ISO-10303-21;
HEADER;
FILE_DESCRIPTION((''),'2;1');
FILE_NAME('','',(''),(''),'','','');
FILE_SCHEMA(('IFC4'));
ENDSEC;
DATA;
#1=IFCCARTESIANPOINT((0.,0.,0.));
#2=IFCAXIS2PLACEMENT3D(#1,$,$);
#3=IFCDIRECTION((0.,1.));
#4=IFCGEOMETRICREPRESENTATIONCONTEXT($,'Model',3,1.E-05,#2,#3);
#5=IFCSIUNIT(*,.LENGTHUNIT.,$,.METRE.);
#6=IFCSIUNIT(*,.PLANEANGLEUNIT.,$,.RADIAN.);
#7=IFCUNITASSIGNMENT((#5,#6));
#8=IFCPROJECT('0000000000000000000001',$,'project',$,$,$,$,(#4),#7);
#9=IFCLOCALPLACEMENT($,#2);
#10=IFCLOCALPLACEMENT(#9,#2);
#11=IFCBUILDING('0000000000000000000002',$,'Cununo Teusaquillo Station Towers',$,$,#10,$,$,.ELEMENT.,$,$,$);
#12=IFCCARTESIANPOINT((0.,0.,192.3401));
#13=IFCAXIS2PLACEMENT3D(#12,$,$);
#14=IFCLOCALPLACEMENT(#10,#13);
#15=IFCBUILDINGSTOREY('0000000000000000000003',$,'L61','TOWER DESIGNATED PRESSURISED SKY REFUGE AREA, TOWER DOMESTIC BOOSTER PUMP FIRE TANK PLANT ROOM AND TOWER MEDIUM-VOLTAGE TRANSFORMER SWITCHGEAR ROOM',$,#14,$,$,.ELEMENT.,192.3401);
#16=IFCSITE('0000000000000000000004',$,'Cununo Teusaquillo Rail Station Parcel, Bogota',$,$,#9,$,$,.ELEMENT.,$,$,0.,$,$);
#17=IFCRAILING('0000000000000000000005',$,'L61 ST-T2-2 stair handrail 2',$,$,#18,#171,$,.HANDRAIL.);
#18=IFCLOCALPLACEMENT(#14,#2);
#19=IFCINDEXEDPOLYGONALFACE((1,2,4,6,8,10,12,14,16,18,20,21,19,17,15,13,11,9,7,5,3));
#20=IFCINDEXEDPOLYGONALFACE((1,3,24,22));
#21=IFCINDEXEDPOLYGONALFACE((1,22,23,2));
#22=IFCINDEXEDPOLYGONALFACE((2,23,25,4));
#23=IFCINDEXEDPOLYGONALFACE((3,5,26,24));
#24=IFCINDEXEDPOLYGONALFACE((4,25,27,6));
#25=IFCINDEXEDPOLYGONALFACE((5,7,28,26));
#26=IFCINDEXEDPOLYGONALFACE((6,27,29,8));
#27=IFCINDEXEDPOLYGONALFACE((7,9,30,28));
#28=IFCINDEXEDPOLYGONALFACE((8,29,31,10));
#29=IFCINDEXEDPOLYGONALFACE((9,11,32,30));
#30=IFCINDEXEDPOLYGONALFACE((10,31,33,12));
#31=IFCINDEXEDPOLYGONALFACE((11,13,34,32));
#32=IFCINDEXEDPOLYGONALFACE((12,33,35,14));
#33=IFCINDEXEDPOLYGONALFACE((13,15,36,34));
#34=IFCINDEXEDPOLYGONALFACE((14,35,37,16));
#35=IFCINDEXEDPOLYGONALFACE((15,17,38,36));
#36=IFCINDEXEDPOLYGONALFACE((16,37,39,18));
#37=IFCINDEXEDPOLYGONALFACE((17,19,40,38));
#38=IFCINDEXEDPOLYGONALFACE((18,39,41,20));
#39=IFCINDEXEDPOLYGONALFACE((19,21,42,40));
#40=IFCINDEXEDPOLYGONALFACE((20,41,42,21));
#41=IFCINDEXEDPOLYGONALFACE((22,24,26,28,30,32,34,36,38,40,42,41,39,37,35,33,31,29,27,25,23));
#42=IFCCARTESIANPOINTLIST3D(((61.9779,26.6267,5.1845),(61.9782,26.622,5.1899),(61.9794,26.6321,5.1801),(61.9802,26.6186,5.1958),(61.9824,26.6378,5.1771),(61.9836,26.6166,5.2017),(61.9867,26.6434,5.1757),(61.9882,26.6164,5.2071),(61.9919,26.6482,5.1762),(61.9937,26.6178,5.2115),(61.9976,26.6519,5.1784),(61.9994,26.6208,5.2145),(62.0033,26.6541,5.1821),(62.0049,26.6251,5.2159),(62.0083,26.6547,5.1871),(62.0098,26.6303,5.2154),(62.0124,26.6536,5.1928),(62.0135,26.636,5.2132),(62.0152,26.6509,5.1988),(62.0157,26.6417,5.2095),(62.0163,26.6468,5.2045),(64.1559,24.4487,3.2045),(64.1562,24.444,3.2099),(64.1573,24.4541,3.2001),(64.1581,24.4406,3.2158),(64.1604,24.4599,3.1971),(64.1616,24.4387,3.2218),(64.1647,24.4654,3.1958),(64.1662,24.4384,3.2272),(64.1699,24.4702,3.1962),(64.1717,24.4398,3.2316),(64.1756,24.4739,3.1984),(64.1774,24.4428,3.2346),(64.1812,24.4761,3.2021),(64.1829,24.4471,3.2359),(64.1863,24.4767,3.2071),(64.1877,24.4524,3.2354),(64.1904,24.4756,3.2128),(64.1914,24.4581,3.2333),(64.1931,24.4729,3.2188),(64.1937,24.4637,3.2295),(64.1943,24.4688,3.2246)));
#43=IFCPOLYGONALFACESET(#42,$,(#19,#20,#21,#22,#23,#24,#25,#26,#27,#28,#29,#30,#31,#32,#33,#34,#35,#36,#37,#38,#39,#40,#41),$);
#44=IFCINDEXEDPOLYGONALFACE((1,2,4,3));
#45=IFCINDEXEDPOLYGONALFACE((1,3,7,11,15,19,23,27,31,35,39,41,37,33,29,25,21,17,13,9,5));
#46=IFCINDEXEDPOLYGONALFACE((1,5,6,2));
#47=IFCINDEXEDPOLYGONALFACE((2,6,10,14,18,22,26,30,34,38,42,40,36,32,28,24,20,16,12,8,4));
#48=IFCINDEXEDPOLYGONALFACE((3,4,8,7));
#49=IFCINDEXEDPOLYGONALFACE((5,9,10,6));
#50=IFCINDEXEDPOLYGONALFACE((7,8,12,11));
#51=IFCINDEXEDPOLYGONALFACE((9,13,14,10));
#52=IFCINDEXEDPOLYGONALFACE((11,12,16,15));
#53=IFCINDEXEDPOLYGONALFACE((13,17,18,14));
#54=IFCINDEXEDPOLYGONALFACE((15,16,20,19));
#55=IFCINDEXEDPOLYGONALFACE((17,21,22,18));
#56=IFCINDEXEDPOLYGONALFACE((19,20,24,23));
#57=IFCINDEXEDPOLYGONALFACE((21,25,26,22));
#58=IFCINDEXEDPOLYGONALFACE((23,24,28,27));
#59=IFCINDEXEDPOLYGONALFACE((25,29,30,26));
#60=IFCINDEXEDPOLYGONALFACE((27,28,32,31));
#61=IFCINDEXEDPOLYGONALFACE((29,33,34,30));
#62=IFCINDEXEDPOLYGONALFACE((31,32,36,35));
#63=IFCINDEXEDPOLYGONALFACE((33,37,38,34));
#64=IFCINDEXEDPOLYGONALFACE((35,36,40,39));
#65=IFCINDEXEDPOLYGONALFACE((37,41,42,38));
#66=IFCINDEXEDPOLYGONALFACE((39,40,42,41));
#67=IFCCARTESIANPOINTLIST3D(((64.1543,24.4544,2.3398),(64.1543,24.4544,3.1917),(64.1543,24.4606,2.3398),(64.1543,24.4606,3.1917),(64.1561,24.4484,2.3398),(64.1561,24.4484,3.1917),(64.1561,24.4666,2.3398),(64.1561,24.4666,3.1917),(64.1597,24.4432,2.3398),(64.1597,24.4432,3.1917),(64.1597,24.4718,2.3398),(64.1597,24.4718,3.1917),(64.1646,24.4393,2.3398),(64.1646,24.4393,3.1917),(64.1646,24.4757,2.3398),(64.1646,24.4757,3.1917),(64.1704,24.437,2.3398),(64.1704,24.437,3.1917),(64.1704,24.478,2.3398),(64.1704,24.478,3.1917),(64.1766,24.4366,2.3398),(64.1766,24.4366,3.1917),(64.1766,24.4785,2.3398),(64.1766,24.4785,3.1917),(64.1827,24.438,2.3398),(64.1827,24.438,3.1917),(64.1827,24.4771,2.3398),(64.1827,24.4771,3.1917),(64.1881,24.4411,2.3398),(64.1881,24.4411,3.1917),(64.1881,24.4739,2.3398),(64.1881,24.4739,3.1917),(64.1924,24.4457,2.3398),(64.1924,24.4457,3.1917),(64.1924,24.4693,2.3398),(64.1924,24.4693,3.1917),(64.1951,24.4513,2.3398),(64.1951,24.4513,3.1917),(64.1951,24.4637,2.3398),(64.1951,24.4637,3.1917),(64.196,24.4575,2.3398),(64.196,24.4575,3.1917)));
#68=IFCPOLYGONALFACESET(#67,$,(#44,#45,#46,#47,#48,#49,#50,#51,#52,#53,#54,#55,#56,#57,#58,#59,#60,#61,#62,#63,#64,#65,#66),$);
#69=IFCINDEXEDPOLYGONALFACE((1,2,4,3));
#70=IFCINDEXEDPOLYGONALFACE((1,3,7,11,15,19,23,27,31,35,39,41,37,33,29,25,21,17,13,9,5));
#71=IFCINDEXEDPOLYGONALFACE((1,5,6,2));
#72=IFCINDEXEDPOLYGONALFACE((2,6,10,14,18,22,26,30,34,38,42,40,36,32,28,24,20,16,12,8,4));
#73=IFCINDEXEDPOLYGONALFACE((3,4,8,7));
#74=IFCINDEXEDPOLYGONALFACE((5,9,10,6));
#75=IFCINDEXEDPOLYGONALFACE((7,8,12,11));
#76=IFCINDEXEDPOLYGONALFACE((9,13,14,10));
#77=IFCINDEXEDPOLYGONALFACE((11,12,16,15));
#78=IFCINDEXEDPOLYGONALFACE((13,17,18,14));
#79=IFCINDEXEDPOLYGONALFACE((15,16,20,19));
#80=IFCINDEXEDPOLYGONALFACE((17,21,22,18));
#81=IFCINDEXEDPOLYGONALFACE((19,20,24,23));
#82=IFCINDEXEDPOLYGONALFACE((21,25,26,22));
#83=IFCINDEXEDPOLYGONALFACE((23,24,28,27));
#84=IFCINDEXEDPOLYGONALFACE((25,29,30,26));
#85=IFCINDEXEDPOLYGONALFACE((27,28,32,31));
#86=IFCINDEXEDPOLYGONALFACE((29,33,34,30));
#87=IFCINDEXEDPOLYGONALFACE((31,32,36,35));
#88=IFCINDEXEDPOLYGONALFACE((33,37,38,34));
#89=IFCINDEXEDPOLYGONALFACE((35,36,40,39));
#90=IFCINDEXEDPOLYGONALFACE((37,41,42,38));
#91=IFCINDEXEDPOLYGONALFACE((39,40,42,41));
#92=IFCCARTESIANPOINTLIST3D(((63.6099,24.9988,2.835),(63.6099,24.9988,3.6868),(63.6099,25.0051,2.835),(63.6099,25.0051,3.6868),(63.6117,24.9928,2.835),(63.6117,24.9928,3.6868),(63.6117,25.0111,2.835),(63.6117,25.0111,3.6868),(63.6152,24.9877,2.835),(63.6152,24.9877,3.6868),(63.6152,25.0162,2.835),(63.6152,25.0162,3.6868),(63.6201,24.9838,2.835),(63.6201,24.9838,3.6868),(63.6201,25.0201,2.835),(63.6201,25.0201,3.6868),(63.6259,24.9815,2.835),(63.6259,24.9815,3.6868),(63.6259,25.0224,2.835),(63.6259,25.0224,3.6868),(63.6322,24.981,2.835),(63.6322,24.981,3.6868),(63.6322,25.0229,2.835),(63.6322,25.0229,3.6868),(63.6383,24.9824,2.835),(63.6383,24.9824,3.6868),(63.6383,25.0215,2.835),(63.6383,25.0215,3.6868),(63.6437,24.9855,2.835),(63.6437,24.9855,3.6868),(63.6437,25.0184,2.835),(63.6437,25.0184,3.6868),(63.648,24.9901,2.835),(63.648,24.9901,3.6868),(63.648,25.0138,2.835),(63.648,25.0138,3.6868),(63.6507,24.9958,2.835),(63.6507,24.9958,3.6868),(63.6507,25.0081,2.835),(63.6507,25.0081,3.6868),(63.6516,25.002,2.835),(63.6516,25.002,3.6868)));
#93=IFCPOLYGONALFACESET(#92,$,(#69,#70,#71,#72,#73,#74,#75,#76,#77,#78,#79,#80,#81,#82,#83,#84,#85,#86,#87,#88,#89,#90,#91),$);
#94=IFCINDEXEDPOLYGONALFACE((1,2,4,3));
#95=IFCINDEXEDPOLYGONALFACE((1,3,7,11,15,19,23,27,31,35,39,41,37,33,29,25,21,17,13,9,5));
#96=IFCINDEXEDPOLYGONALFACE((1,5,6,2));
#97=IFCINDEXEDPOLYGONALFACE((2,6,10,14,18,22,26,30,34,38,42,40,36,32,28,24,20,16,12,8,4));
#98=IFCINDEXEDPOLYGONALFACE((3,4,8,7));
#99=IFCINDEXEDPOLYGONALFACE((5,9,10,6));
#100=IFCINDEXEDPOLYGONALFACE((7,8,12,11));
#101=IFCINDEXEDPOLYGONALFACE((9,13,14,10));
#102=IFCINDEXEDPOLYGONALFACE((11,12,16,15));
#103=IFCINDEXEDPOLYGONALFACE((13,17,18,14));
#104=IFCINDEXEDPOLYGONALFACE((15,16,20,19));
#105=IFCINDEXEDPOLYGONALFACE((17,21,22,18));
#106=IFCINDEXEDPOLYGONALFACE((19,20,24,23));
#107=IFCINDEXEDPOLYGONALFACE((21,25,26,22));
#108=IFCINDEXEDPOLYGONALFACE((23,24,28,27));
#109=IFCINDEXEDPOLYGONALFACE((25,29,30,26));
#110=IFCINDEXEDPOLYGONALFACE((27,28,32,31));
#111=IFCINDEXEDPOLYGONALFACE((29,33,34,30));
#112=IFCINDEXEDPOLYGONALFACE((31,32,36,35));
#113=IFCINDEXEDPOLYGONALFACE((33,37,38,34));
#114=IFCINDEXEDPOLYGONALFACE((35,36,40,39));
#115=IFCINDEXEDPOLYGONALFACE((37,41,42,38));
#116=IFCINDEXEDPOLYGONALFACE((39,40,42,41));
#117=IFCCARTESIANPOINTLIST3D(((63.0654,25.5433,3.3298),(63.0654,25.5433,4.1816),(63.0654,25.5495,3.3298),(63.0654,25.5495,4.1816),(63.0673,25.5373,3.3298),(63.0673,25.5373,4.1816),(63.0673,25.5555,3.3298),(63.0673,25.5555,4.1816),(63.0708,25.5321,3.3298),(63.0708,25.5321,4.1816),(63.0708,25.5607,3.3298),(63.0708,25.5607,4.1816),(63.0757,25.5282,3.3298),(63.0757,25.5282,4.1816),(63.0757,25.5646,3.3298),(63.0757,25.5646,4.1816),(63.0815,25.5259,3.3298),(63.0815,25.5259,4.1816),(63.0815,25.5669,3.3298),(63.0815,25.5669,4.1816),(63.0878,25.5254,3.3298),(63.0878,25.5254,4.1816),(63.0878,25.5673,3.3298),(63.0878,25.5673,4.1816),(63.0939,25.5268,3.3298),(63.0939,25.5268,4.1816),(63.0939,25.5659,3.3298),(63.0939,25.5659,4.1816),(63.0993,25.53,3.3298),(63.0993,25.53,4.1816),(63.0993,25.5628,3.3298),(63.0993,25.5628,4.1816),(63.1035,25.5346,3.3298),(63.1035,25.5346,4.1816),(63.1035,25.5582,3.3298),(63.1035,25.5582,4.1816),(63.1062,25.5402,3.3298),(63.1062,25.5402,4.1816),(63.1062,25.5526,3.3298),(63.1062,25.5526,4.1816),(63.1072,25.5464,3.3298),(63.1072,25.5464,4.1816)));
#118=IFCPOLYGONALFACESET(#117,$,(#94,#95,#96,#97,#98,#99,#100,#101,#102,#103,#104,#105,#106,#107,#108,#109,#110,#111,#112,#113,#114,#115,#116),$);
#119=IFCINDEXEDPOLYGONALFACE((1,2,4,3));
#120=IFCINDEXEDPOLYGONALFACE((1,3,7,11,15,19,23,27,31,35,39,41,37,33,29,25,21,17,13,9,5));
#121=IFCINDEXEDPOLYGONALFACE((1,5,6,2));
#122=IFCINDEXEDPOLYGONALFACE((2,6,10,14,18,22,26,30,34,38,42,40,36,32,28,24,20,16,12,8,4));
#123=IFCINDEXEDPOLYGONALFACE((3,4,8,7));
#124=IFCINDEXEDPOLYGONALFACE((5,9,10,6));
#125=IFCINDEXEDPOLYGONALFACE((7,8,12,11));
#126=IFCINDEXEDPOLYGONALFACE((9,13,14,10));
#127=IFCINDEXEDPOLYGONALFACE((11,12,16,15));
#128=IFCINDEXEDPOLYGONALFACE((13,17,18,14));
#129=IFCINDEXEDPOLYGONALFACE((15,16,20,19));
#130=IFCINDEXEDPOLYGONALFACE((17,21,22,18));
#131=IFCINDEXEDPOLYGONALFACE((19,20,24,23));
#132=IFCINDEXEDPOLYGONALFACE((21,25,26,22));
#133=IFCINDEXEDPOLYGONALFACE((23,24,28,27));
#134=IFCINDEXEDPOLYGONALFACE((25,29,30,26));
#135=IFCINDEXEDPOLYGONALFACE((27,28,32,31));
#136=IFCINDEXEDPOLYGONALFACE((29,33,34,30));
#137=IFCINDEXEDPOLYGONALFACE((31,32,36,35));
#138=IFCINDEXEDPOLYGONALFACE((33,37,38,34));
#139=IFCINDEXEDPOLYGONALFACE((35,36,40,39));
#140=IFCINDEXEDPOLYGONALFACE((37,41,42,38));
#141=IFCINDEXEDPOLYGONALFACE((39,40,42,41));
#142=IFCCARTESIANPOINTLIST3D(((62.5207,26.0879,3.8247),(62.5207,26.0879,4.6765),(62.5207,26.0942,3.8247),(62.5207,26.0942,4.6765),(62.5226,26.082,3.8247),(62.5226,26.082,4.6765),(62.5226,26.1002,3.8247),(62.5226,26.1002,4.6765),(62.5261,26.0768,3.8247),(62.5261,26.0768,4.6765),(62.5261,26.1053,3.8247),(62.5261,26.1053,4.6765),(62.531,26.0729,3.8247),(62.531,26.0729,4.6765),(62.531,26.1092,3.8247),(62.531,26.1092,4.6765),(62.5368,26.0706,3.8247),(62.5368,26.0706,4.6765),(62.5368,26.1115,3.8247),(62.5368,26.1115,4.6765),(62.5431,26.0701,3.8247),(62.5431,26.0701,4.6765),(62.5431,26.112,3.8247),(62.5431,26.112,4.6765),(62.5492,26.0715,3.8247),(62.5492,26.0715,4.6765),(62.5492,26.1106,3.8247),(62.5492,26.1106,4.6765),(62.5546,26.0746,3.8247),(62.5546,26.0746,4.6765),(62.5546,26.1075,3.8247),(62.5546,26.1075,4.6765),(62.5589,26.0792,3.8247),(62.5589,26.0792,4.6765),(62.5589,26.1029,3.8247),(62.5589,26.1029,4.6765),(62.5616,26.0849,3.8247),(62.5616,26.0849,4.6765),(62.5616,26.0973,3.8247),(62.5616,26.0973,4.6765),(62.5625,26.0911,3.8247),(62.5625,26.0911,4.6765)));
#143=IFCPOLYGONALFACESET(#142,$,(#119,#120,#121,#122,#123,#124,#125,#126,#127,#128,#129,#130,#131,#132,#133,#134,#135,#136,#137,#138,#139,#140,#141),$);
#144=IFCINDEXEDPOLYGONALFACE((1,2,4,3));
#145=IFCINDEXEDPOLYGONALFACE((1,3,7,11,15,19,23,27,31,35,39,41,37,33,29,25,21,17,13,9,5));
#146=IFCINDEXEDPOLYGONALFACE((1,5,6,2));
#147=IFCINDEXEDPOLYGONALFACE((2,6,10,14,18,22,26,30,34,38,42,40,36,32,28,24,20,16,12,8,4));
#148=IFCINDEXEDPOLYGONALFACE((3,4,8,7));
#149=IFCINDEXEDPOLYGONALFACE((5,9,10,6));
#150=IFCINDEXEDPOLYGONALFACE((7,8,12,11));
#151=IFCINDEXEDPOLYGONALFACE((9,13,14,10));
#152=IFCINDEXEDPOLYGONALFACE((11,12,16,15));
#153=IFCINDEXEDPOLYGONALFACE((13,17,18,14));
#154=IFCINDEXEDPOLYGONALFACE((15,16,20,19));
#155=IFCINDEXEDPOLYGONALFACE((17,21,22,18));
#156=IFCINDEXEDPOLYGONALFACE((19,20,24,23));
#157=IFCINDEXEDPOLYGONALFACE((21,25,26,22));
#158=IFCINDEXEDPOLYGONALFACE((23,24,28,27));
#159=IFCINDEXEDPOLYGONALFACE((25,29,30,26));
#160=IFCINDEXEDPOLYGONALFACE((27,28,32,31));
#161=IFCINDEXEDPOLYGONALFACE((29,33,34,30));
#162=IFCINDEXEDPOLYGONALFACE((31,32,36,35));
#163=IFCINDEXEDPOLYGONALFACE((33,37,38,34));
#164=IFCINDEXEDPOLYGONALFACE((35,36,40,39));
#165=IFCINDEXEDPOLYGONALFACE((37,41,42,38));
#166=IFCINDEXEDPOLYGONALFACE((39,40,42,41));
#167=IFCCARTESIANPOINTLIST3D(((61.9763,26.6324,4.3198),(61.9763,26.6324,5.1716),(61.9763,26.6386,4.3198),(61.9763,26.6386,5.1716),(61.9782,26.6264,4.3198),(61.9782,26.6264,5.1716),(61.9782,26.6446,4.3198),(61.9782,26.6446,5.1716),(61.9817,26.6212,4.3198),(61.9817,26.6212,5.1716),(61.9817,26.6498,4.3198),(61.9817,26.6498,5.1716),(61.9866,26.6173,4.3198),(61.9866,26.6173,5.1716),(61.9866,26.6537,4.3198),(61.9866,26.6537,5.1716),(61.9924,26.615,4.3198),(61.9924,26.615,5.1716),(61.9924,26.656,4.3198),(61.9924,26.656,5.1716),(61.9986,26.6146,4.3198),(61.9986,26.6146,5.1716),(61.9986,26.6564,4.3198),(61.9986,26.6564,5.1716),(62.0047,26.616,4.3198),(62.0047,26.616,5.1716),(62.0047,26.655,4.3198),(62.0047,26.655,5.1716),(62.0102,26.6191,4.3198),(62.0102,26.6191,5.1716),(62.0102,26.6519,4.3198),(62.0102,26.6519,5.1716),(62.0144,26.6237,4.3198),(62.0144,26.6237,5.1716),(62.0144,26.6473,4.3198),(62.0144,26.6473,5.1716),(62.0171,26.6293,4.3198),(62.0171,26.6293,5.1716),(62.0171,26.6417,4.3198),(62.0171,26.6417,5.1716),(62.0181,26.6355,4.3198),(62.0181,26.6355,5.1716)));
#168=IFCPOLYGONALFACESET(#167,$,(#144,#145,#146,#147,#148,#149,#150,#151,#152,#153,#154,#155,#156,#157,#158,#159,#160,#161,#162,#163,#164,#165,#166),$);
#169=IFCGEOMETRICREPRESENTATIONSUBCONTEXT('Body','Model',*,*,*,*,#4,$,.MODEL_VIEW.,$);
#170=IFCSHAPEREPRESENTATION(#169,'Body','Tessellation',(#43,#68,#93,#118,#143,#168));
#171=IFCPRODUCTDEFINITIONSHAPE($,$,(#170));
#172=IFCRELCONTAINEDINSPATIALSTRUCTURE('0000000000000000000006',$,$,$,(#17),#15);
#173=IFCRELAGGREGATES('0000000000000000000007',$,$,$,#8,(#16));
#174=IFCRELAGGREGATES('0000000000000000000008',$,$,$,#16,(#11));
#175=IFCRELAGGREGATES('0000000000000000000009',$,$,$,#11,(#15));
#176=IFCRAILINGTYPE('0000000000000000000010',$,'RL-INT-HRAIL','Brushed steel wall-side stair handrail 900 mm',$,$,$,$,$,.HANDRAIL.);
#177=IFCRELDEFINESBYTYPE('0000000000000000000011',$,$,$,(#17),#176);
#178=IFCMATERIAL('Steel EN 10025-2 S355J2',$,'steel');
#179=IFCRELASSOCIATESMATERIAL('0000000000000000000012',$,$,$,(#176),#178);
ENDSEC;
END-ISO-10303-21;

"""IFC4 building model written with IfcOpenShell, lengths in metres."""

from ifc_helpers import new_model, si_unit, direction, frame, origin, origin_2d, place, context, subcontext, project, spatial, circle, extrude, material, type_object, element, save


model = new_model("IFC4")

# Units and contexts
model_context = context("Model", 3, precision=1e-05, world=origin(), true_north=direction((0.0, 1.0)))
body_context = subcontext(model_context, "Body", "Model", "MODEL_VIEW")
ifc_project = project(units=[si_unit("LENGTHUNIT", "METRE"), si_unit("PLANEANGLEUNIT", "RADIAN")], contexts=[model_context])

# Site, building, storey
site_placement = place(None, origin())
site = spatial("IfcSite", under=ifc_project, at=site_placement, Name="Cununo Teusaquillo Rail Station Parcel, Bogota", CompositionType="ELEMENT", RefElevation=0.0)
building_placement = place(site_placement, origin())
building = spatial("IfcBuilding", under=site, at=building_placement, Name="Cununo Teusaquillo Station Towers", CompositionType="ELEMENT")
storey_placement = place(building_placement, frame((0.0, 0.0, 192.3401)))
storey = spatial("IfcBuildingStorey", under=building, at=storey_placement, Name="L61", Description="TOWER DESIGNATED PRESSURISED SKY REFUGE AREA, TOWER DOMESTIC BOOSTER PUMP FIRE TANK PLANT ROOM AND TOWER MEDIUM-VOLTAGE TRANSFORMER SWITCHGEAR ROOM", CompositionType="ELEMENT", Elevation=192.3401)

# Railing
ifc_material_1 = material(Name="Steel EN 10025-2 S355J2", Category="steel")
railing_type_1 = type_object("IfcRailingType", Name="RL-INT-HRAIL", Description="Brushed steel wall-side stair handrail 900 mm", PredefinedType="HANDRAIL", material=ifc_material_1)
railing_1_placement = place(storey_placement, frame((64.175, 24.4575, 2.3398)))
element("IfcRailing", 1, at=railing_1_placement, inside=storey, type_object=railing_type_1, Name="L61 ST-T2-2 stair handrail 2", PredefinedType="HANDRAIL", context=body_context, shape_type="SweptSolid", body=[
    extrude(circle(Radius=0.0239, at=origin_2d()), frame((0.0, 0.0, 0.876), z_axis=(-0.594812, 0.594812, 0.540738), x_axis=(-0.707107, -0.707107, 0.0)), (0.0, 0.0, 1.0), 3.6616),
    extrude(circle(Radius=0.021, at=origin_2d()), origin(), (0.0, 0.0, 1.0), 0.8518),
    extrude(circle(Radius=0.021, at=origin_2d()), frame((-0.5444, 0.5444, 0.4951)), (0.0, 0.0, 1.0), 0.8518),
    extrude(circle(Radius=0.021, at=origin_2d()), frame((-1.0889, 1.0889, 0.99)), (0.0, 0.0, 1.0), 0.8518),
    extrude(circle(Radius=0.021, at=origin_2d()), frame((-1.6335, 1.6335, 1.4849)), (0.0, 0.0, 1.0), 0.8518),
    extrude(circle(Radius=0.021, at=origin_2d()), frame((-2.178, 2.178, 1.98)), (0.0, 0.0, 1.0), 0.8518),
])

save(model, "model.ifc")
